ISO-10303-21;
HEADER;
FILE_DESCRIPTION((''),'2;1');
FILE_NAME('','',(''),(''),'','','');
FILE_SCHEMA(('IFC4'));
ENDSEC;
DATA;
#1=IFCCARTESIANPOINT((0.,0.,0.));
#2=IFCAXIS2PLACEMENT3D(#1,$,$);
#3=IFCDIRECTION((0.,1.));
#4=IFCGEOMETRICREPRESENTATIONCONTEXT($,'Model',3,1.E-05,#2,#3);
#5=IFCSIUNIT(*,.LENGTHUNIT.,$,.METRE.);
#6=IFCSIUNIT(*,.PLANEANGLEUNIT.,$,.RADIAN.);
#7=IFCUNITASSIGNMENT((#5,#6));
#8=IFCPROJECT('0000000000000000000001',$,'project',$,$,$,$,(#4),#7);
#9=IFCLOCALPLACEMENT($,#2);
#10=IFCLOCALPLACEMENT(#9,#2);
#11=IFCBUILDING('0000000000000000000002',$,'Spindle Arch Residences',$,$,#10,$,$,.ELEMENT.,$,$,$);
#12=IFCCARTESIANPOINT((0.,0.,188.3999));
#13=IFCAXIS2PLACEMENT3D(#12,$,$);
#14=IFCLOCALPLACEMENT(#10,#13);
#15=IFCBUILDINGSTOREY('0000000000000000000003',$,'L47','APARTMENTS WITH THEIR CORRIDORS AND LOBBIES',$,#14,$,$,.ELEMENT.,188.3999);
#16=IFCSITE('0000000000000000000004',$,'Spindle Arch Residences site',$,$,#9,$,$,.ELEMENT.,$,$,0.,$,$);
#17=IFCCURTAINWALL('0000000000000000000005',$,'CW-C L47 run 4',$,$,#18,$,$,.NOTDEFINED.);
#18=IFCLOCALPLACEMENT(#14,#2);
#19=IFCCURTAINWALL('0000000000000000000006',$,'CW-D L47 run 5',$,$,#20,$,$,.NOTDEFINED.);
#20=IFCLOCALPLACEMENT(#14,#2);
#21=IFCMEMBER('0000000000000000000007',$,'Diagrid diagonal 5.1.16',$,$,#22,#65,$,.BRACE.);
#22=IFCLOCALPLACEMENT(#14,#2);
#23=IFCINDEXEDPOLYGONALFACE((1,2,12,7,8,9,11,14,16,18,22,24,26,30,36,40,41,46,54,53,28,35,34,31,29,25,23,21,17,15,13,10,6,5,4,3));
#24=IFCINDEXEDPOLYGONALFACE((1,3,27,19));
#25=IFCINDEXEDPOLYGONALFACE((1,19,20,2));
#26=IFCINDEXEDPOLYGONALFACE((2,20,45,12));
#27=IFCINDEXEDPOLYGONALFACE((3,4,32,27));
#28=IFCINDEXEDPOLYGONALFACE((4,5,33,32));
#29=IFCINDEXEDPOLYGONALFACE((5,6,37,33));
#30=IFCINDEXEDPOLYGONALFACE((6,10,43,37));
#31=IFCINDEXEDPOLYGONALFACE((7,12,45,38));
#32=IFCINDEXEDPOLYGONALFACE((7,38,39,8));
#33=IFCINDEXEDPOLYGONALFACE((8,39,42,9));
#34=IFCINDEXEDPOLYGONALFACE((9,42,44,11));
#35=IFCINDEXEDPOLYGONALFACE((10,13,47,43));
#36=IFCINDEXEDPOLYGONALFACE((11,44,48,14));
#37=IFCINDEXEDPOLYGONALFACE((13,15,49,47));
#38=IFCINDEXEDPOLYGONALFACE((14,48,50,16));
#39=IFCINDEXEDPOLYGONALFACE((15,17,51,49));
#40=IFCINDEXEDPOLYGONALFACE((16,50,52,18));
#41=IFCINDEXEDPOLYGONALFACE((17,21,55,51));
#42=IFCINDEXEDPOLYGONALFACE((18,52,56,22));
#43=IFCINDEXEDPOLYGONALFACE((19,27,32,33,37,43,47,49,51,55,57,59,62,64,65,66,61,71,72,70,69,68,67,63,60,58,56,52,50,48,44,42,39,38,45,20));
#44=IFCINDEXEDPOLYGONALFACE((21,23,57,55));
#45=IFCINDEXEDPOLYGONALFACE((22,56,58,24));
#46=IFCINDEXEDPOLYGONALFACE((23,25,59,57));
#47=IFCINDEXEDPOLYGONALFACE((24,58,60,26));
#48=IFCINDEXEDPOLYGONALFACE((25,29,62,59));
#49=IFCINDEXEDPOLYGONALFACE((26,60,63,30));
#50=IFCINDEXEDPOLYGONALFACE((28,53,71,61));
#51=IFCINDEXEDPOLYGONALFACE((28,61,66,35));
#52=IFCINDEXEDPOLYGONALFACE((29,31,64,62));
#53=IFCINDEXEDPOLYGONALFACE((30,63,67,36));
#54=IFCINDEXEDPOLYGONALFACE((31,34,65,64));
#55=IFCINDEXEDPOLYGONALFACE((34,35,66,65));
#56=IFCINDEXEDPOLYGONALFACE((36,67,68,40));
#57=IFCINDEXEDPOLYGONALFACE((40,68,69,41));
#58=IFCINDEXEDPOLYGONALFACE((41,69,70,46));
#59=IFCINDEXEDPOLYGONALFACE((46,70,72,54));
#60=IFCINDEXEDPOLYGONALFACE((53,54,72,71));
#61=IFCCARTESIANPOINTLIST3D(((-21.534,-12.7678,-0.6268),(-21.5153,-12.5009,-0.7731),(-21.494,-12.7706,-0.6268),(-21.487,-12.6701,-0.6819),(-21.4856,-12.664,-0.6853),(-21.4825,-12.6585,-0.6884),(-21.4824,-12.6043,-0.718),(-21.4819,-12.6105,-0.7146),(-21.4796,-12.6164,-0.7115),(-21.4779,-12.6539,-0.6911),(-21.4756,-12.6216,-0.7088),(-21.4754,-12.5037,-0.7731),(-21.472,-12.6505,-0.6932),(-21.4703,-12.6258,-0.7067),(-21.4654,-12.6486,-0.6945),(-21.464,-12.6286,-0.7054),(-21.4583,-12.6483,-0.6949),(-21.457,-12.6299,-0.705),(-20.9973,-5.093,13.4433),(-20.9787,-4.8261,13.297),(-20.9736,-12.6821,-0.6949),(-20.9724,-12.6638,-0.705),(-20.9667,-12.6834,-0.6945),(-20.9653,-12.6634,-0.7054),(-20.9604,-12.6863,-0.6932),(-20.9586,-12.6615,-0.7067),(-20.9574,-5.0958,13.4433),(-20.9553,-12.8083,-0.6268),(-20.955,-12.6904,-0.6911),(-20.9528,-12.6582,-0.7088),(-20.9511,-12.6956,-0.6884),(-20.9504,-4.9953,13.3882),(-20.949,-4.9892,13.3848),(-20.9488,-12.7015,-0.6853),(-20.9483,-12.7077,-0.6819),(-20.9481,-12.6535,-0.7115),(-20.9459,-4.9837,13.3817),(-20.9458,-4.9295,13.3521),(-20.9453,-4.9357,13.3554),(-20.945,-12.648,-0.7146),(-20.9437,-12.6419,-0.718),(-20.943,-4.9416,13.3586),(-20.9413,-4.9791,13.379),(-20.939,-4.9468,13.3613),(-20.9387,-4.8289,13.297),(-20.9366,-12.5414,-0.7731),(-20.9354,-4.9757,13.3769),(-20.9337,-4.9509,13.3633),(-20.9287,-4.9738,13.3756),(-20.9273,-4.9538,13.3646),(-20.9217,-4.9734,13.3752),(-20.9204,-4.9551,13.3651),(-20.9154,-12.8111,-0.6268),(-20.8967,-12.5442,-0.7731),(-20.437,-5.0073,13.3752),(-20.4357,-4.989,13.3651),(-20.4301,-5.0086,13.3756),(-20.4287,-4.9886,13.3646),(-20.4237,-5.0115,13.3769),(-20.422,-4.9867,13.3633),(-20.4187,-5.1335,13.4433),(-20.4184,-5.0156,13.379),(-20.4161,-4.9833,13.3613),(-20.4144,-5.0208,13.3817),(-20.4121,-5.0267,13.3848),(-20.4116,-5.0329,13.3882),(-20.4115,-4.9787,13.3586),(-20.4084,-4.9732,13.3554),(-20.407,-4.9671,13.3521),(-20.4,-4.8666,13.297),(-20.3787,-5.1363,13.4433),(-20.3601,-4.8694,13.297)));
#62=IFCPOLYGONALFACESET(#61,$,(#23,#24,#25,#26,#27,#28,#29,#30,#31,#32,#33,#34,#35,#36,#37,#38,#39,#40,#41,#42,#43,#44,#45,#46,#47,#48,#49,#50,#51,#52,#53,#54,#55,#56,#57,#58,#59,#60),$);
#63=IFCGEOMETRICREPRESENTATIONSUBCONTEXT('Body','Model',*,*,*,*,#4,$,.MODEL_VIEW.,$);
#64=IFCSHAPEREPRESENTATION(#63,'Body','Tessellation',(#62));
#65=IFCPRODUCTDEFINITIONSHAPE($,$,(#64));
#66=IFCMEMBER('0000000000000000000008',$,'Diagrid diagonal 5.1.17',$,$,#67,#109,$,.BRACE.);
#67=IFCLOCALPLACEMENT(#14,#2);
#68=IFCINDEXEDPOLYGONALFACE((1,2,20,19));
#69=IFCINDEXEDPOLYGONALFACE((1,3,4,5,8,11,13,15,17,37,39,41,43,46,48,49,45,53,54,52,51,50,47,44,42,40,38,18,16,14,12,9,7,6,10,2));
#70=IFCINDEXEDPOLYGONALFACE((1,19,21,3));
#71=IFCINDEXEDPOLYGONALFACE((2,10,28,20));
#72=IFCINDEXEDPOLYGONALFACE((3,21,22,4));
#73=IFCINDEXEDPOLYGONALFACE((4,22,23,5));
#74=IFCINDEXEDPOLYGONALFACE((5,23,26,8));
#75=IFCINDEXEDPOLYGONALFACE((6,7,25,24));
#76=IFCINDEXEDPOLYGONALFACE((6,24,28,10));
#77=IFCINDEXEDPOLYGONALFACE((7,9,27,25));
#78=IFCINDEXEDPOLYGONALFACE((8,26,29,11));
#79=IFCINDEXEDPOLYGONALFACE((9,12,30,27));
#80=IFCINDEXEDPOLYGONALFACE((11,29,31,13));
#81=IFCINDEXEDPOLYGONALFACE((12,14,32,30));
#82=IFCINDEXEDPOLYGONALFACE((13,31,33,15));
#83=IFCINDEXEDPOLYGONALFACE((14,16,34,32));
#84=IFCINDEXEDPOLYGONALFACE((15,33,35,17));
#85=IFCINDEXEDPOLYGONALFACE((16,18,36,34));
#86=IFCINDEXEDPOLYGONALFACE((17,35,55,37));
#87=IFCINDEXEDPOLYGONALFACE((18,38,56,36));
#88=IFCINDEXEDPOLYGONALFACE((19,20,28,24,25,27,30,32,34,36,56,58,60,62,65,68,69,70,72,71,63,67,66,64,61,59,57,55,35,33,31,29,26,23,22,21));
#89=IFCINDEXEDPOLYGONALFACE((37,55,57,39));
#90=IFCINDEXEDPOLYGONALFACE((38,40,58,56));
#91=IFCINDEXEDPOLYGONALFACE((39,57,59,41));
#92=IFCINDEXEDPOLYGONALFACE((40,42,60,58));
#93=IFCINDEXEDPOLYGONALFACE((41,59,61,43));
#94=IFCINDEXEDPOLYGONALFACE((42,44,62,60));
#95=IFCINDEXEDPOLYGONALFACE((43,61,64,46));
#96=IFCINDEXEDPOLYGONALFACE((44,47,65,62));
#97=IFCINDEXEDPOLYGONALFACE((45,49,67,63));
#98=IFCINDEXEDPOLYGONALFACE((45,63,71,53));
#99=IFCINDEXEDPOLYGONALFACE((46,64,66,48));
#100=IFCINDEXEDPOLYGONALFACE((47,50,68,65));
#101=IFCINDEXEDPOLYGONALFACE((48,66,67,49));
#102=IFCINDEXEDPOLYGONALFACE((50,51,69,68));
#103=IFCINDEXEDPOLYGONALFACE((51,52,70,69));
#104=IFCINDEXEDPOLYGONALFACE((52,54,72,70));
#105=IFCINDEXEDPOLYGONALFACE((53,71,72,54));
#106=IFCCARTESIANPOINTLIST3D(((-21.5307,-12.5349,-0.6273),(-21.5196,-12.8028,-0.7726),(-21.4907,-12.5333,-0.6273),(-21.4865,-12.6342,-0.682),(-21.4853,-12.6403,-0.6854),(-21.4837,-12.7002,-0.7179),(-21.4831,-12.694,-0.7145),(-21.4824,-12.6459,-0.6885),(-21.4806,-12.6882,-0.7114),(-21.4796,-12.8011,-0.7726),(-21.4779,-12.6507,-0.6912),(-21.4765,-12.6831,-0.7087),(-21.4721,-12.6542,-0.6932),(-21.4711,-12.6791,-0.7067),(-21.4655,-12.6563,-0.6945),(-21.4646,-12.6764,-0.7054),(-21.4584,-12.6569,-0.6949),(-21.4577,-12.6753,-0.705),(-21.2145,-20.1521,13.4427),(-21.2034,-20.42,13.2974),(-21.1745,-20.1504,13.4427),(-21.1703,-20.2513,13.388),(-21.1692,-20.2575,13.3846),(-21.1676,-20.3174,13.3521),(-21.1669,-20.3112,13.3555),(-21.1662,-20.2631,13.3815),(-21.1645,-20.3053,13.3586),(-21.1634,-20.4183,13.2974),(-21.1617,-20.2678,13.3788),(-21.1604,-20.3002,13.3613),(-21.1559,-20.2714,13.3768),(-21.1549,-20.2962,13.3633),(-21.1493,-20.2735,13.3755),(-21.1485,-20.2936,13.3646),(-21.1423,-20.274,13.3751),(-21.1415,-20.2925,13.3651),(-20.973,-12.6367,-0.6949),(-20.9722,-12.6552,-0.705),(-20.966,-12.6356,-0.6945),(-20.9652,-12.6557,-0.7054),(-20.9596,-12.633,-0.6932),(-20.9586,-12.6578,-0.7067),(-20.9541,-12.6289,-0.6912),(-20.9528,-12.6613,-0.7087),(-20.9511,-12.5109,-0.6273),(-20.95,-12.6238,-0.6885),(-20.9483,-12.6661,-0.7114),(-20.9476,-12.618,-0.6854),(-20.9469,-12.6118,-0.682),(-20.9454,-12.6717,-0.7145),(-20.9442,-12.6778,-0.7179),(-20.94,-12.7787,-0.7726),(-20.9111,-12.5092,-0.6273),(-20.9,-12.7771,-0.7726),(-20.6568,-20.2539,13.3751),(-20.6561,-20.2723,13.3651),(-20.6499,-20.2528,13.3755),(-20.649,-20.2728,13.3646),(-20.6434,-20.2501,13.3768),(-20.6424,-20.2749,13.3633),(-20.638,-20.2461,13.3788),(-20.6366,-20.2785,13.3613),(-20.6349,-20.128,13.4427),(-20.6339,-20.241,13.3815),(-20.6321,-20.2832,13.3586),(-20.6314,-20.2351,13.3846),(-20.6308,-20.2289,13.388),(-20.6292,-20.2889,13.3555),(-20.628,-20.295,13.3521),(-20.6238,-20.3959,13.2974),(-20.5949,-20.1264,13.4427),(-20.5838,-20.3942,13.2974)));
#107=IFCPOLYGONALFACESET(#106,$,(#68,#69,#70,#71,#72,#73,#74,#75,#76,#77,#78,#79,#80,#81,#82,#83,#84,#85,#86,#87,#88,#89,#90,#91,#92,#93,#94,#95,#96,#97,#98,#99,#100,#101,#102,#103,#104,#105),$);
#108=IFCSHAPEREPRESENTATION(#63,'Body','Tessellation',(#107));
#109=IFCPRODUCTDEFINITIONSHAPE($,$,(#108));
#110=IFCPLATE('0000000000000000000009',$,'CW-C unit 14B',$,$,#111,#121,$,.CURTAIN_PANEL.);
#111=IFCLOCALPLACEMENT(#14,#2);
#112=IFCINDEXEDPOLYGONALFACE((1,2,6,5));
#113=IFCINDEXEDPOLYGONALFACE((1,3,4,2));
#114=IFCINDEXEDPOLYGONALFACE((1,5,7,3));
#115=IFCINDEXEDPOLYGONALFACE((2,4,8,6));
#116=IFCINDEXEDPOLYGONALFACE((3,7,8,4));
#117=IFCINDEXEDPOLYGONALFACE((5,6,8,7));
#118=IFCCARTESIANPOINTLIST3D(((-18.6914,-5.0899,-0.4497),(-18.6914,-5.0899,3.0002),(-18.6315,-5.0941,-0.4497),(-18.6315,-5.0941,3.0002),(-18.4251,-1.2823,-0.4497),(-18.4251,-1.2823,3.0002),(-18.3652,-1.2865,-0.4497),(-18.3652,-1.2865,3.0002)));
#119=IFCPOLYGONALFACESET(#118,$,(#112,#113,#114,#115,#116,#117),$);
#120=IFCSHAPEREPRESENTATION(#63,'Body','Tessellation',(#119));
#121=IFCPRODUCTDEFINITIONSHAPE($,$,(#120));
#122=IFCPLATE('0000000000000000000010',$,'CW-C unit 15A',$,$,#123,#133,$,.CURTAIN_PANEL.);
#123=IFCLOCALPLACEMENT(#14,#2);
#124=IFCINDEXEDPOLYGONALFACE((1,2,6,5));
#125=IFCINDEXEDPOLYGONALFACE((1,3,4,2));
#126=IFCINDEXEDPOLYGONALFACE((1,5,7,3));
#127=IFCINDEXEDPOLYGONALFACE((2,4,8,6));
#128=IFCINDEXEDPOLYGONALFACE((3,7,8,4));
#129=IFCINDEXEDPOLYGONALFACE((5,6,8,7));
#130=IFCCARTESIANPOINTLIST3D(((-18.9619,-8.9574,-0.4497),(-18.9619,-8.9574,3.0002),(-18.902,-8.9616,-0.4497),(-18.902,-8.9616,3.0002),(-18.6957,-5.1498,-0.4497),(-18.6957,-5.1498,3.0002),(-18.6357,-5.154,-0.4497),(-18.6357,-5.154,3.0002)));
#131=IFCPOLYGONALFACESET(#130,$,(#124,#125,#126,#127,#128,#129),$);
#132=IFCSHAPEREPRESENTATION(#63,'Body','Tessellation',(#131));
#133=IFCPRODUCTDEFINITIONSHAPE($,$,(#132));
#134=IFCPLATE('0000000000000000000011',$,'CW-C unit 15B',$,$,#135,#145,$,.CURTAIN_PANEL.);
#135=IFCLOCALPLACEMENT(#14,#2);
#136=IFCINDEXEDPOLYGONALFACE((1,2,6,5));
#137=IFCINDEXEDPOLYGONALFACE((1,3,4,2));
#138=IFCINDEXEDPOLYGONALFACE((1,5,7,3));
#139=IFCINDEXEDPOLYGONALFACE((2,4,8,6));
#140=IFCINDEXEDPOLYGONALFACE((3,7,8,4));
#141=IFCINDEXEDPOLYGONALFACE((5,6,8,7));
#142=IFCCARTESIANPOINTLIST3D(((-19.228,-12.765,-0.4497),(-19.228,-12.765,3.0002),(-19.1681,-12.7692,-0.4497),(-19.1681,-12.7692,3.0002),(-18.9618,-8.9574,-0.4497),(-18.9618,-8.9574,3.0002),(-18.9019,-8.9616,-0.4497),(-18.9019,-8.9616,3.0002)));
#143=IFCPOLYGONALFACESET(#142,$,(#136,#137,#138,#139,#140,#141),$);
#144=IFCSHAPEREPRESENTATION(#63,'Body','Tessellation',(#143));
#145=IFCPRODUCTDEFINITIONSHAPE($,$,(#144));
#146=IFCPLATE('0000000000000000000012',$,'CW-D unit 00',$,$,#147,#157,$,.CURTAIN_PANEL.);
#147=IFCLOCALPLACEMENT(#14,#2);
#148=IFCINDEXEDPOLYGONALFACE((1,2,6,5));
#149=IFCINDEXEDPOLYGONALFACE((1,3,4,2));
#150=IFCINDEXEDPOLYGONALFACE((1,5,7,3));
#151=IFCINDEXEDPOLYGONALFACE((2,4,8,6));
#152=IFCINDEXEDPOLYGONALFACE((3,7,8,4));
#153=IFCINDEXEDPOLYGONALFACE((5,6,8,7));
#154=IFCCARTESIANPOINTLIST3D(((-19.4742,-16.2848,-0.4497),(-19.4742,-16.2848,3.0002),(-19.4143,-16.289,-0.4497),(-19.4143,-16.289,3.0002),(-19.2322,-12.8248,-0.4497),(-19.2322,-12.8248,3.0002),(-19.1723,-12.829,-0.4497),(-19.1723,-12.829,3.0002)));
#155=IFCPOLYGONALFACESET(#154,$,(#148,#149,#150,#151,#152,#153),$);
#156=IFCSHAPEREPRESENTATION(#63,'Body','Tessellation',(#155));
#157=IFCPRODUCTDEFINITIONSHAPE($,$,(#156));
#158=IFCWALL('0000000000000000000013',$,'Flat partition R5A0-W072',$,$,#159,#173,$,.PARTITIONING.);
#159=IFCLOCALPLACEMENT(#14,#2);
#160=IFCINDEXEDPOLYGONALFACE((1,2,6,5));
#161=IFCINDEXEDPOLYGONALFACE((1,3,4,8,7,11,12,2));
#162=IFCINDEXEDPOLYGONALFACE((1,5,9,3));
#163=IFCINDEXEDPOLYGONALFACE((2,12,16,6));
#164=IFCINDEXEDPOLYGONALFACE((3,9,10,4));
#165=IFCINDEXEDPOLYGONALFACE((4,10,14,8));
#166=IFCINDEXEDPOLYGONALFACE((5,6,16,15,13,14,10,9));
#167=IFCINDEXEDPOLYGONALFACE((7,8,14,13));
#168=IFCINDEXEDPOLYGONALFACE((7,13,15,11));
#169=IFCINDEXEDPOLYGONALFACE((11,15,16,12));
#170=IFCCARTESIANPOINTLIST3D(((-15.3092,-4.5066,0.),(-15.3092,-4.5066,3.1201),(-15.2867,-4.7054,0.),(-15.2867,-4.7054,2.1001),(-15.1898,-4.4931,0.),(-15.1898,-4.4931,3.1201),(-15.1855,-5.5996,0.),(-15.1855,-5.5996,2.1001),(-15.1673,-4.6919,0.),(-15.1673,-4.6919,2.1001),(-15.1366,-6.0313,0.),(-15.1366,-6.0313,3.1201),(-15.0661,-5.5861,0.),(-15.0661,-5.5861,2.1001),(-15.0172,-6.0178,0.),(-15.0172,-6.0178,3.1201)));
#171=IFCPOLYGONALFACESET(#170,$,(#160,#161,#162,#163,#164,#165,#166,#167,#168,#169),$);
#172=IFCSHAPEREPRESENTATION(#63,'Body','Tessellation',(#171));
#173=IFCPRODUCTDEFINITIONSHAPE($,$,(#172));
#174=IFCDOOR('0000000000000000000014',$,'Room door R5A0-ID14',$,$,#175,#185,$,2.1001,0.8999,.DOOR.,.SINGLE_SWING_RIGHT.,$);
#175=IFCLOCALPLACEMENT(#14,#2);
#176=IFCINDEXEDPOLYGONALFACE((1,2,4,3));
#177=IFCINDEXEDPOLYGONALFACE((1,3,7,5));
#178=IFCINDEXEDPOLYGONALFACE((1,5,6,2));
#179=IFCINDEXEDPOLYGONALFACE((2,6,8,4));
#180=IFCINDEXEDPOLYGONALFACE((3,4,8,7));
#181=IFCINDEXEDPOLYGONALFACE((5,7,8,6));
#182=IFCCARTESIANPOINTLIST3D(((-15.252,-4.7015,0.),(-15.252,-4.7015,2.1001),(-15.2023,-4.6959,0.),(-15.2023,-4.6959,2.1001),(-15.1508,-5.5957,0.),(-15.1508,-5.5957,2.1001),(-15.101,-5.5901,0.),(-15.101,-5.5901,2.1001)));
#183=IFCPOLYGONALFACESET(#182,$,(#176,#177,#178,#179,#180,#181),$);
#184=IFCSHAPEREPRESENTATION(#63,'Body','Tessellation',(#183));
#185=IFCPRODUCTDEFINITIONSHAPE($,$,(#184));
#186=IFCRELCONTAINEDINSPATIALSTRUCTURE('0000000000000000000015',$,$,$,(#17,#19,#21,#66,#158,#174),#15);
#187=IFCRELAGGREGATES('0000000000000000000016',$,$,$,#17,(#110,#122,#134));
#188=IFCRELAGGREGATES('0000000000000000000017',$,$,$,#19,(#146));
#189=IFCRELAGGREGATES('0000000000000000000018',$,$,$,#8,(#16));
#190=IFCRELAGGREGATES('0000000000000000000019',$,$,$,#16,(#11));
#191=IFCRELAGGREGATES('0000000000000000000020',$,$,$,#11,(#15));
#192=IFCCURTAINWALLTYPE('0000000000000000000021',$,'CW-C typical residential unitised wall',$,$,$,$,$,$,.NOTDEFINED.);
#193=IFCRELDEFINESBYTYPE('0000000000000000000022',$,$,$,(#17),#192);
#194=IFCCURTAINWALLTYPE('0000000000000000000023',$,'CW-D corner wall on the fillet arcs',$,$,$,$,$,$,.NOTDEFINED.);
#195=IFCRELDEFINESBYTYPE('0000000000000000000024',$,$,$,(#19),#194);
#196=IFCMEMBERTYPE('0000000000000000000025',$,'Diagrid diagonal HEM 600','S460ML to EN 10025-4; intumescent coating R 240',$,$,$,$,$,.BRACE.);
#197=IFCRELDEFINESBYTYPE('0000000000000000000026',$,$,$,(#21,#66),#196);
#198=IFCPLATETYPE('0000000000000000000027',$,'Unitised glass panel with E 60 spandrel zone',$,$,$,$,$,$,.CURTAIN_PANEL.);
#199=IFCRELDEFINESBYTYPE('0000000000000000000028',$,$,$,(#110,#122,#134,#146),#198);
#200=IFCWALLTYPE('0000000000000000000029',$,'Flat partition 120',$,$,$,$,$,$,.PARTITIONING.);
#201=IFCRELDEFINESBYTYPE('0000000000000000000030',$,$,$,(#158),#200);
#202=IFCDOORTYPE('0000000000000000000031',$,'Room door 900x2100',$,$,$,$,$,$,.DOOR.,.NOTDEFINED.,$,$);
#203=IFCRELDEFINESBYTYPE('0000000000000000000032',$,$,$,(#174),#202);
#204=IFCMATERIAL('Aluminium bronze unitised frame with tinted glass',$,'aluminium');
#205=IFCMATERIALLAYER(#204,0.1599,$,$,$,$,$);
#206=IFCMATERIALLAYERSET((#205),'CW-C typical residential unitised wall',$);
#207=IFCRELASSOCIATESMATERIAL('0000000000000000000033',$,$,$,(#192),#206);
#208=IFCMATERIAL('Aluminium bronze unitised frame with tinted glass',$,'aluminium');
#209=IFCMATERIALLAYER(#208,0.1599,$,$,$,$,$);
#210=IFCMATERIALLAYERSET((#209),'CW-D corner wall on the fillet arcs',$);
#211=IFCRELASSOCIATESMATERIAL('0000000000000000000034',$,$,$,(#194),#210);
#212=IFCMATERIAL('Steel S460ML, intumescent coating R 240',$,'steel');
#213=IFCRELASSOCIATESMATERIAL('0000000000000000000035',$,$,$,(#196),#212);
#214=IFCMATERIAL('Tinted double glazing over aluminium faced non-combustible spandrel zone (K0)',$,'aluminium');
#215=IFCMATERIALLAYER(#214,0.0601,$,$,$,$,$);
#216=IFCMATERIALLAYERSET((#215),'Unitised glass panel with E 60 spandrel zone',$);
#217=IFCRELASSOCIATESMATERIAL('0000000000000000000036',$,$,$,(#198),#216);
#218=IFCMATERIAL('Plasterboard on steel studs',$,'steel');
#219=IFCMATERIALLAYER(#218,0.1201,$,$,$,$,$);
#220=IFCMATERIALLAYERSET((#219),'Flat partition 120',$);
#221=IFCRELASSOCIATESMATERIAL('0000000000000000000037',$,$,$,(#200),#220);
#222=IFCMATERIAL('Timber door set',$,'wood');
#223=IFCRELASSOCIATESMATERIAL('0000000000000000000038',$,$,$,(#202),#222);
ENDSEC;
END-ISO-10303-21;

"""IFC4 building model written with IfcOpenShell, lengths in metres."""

from ifc_helpers import new_model, si_unit, direction, frame, frame_2d, origin, origin_2d, place, context, subcontext, project, spatial, rectangle, i_section, extrude, material, layer, layer_set, material_profile, profile_set, type_object, element, fill, aggregate, save


model = new_model("IFC4")

# Units and contexts
model_context = context("Model", 3, precision=1e-05, world=origin(), true_north=direction((0.0, 1.0)))
body_context = subcontext(model_context, "Body", "Model", "MODEL_VIEW")
ifc_project = project(units=[si_unit("LENGTHUNIT", "METRE"), si_unit("PLANEANGLEUNIT", "RADIAN")], contexts=[model_context])

# Site, building, storey
site_placement = place(None, origin())
site = spatial("IfcSite", under=ifc_project, at=site_placement, Name="Spindle Arch Residences site", CompositionType="ELEMENT", RefElevation=0.0)
building_placement = place(site_placement, origin())
building = spatial("IfcBuilding", under=site, at=building_placement, Name="Spindle Arch Residences", CompositionType="ELEMENT")
storey_placement = place(building_placement, frame((0.0, 0.0, 188.3999)))
storey = spatial("IfcBuildingStorey", under=building, at=storey_placement, Name="L47", Description="APARTMENTS WITH THEIR CORRIDORS AND LOBBIES", CompositionType="ELEMENT", Elevation=188.3999)

# Curtain wall
ifc_material_1 = material(Name="Aluminium bronze unitised frame with tinted glass", Category="aluminium")
ifc_layer_1 = layer(ifc_material_1, 0.1599)
ifc_layer_set_1 = layer_set([ifc_layer_1], Name="CW-C typical residential unitised wall")
curtain_wall_type_1 = type_object("IfcCurtainWallType", Name="CW-C typical residential unitised wall", PredefinedType="NOTDEFINED", material=ifc_layer_set_1)
curtain_wall_1_placement = place(storey_placement, origin())
curtain_wall_1 = element("IfcCurtainWall", 1, at=curtain_wall_1_placement, inside=storey, type_object=curtain_wall_type_1, Name="CW-C L47 run 4", PredefinedType="NOTDEFINED")

# Curtain wall
ifc_material_2 = material(Name="Aluminium bronze unitised frame with tinted glass", Category="aluminium")
ifc_layer_2 = layer(ifc_material_2, 0.1599)
ifc_layer_set_2 = layer_set([ifc_layer_2], Name="CW-D corner wall on the fillet arcs")
curtain_wall_type_2 = type_object("IfcCurtainWallType", Name="CW-D corner wall on the fillet arcs", PredefinedType="NOTDEFINED", material=ifc_layer_set_2)
curtain_wall_2_placement = place(storey_placement, origin())
curtain_wall_2 = element("IfcCurtainWall", 2, at=curtain_wall_2_placement, inside=storey, type_object=curtain_wall_type_2, Name="CW-D L47 run 5", PredefinedType="NOTDEFINED")

# Members
ifc_material_3 = material(Name="Steel S460ML, intumescent coating R 240", Category="steel")
ifc_material_profile_1 = material_profile(ifc_material_3, i_section(OverallWidth=0.3049, OverallDepth=0.6201, WebThickness=0.021, FlangeThickness=0.04, FilletRadius=0.0271, at=origin_2d()), Name="HEM 600")
ifc_profile_set_1 = profile_set([ifc_material_profile_1], Name="Steel S460ML, intumescent coating R 240")
member_type_1 = type_object("IfcMemberType", Name="Diagrid diagonal HEM 600", Description="S460ML to EN 10025-4; intumescent coating R 240", PredefinedType="BRACE", material=ifc_profile_set_1)
member_1_placement = place(storey_placement, frame((-21.2153, -12.656, -0.7), z_axis=(0.033463, 0.478595, 0.877398), x_axis=(-0.061198, -0.875261, 0.479763)))
element("IfcMember", 3, at=member_1_placement, inside=storey, type_object=member_type_1, Name="Diagrid diagonal 5.1.16", PredefinedType="BRACE", context=body_context, shape_type="SweptSolid", body=[
    extrude(i_section(OverallWidth=0.3049, OverallDepth=0.6201, WebThickness=0.021, FlangeThickness=0.04, FilletRadius=0.0271, at=origin_2d()), origin(), (0.0, 0.0, 1.0), 16.0361),
])
member_2_placement = place(storey_placement, frame((-21.2153, -12.656, -0.7), z_axis=(0.019757, -0.475992, 0.879228), x_axis=(-0.036462, 0.878471, 0.476402)))
element("IfcMember", 4, at=member_2_placement, inside=storey, type_object=member_type_1, Name="Diagrid diagonal 5.1.17", PredefinedType="BRACE", context=body_context, shape_type="SweptSolid", body=[
    extrude(i_section(OverallWidth=0.3049, OverallDepth=0.6201, WebThickness=0.021, FlangeThickness=0.04, FilletRadius=0.0271, at=origin_2d()), origin(), (0.0, 0.0, 1.0), 16.0027),
])

# Plates
ifc_material_4 = material(Name="Tinted double glazing over aluminium faced non-combustible spandrel zone (K0)", Category="aluminium")
ifc_layer_3 = layer(ifc_material_4, 0.0601)
ifc_layer_set_3 = layer_set([ifc_layer_3], Name="Unitised glass panel with E 60 spandrel zone")
plate_type = type_object("IfcPlateType", Name="Unitised glass panel with E 60 spandrel zone", PredefinedType="CURTAIN_PANEL", material=ifc_layer_set_3)
plate_1_placement = place(storey_placement, frame((-18.5283, -3.1882, -0.4497), z_axis=(0.0, 0.0, 1.0), x_axis=(-0.069756, -0.997564, 0.0)))
plate_1 = element("IfcPlate", 5, at=plate_1_placement, type_object=plate_type, Name="CW-C unit 14B", PredefinedType="CURTAIN_PANEL", context=body_context, shape_type="SweptSolid", body=[
    extrude(rectangle(XDim=3.8169, YDim=0.0601, at=origin_2d()), origin(), (0.0, 0.0, 1.0), 3.45),
])
plate_2_placement = place(storey_placement, frame((-18.7988, -7.0557, -0.4497), z_axis=(0.0, 0.0, 1.0), x_axis=(-0.069756, -0.997564, 0.0)))
plate_2 = element("IfcPlate", 6, at=plate_2_placement, type_object=plate_type, Name="CW-C unit 15A", PredefinedType="CURTAIN_PANEL", context=body_context, shape_type="SweptSolid", body=[
    extrude(rectangle(XDim=3.8169, YDim=0.0601, at=origin_2d()), origin(), (0.0, 0.0, 1.0), 3.45),
])
plate_3_placement = place(storey_placement, frame((-19.0649, -10.8633, -0.4497), z_axis=(0.0, 0.0, 1.0), x_axis=(-0.069756, -0.997564, 0.0)))
plate_3 = element("IfcPlate", 7, at=plate_3_placement, type_object=plate_type, Name="CW-C unit 15B", PredefinedType="CURTAIN_PANEL", context=body_context, shape_type="SweptSolid", body=[
    extrude(rectangle(XDim=3.8169, YDim=0.0601, at=origin_2d()), origin(), (0.0, 0.0, 1.0), 3.45),
])
aggregate(curtain_wall_1, [plate_1, plate_2, plate_3])
plate_4_placement = place(storey_placement, frame((-19.3232, -14.5569, -0.4497), z_axis=(0.0, 0.0, 1.0), x_axis=(-0.069756, -0.997564, 0.0)))
plate_4 = element("IfcPlate", 8, at=plate_4_placement, type_object=plate_type, Name="CW-D unit 00", PredefinedType="CURTAIN_PANEL", context=body_context, shape_type="SweptSolid", body=[
    extrude(rectangle(XDim=3.4685, YDim=0.0601, at=origin_2d()), origin(), (0.0, 0.0, 1.0), 3.45),
])
aggregate(curtain_wall_2, [plate_4])

# Wall, opening, door
ifc_material_5 = material(Name="Plasterboard on steel studs", Category="steel")
ifc_layer_4 = layer(ifc_material_5, 0.1201)
ifc_layer_set_4 = layer_set([ifc_layer_4], Name="Flat partition 120")
wall_type_1 = type_object("IfcWallType", Name="Flat partition 120", PredefinedType="PARTITIONING", material=ifc_layer_set_4)
wall_1_placement = place(storey_placement, frame((-15.2495, -4.5, 0.0), z_axis=(0.0, 0.0, 1.0), x_axis=(0.112492, -0.993653, 0.0)))
wall_1 = element("IfcWall", 9, at=wall_1_placement, inside=storey, type_object=wall_type_1, Name="Flat partition R5A0-W072", PredefinedType="PARTITIONING", context=body_context, shape_type="SweptSolid", body=[
    extrude(rectangle(XDim=1.5344, YDim=0.1201, at=frame_2d((0.7671, 0.0))), origin(), (0.0, 0.0, 1.0), 3.1201),
])
opening_1_placement = place(wall_1_placement, frame((0.2, 0.0, 0.0)))
opening_1 = element("IfcOpeningElement", 10, at=opening_1_placement, cuts=wall_1, PredefinedType="OPENING", context=body_context, shape_type="SweptSolid", body=[
    extrude(rectangle(XDim=0.8999, YDim=2.1001, at=frame_2d((0.45, 1.05))), frame((0.0, 0.0701, 0.0), z_axis=(0.0, -1.0, 0.0), x_axis=(1.0, 0.0, 0.0)), (0.0, 0.0, 1.0), 0.1401),
])
ifc_material_6 = material(Name="Timber door set", Category="wood")
door_type_1 = type_object("IfcDoorType", Name="Room door 900x2100", OperationType="NOTDEFINED", PredefinedType="DOOR", material=ifc_material_6)
door_1_placement = place(opening_1_placement, origin())
door_1 = element("IfcDoor", 11, at=door_1_placement, inside=storey, type_object=door_type_1, Name="Room door R5A0-ID14", OperationType="SINGLE_SWING_RIGHT", OverallHeight=2.1001, OverallWidth=0.8999, PredefinedType="DOOR", context=body_context, shape_type="SweptSolid", body=[
    extrude(rectangle(XDim=0.8999, YDim=2.1001, at=frame_2d((0.45, 1.05))), frame((0.0, 0.0249, 0.0), z_axis=(0.0, -1.0, 0.0), x_axis=(1.0, 0.0, 0.0)), (0.0, 0.0, 1.0), 0.05),
])
fill(opening_1, door_1)

save(model, "model.ifc")
